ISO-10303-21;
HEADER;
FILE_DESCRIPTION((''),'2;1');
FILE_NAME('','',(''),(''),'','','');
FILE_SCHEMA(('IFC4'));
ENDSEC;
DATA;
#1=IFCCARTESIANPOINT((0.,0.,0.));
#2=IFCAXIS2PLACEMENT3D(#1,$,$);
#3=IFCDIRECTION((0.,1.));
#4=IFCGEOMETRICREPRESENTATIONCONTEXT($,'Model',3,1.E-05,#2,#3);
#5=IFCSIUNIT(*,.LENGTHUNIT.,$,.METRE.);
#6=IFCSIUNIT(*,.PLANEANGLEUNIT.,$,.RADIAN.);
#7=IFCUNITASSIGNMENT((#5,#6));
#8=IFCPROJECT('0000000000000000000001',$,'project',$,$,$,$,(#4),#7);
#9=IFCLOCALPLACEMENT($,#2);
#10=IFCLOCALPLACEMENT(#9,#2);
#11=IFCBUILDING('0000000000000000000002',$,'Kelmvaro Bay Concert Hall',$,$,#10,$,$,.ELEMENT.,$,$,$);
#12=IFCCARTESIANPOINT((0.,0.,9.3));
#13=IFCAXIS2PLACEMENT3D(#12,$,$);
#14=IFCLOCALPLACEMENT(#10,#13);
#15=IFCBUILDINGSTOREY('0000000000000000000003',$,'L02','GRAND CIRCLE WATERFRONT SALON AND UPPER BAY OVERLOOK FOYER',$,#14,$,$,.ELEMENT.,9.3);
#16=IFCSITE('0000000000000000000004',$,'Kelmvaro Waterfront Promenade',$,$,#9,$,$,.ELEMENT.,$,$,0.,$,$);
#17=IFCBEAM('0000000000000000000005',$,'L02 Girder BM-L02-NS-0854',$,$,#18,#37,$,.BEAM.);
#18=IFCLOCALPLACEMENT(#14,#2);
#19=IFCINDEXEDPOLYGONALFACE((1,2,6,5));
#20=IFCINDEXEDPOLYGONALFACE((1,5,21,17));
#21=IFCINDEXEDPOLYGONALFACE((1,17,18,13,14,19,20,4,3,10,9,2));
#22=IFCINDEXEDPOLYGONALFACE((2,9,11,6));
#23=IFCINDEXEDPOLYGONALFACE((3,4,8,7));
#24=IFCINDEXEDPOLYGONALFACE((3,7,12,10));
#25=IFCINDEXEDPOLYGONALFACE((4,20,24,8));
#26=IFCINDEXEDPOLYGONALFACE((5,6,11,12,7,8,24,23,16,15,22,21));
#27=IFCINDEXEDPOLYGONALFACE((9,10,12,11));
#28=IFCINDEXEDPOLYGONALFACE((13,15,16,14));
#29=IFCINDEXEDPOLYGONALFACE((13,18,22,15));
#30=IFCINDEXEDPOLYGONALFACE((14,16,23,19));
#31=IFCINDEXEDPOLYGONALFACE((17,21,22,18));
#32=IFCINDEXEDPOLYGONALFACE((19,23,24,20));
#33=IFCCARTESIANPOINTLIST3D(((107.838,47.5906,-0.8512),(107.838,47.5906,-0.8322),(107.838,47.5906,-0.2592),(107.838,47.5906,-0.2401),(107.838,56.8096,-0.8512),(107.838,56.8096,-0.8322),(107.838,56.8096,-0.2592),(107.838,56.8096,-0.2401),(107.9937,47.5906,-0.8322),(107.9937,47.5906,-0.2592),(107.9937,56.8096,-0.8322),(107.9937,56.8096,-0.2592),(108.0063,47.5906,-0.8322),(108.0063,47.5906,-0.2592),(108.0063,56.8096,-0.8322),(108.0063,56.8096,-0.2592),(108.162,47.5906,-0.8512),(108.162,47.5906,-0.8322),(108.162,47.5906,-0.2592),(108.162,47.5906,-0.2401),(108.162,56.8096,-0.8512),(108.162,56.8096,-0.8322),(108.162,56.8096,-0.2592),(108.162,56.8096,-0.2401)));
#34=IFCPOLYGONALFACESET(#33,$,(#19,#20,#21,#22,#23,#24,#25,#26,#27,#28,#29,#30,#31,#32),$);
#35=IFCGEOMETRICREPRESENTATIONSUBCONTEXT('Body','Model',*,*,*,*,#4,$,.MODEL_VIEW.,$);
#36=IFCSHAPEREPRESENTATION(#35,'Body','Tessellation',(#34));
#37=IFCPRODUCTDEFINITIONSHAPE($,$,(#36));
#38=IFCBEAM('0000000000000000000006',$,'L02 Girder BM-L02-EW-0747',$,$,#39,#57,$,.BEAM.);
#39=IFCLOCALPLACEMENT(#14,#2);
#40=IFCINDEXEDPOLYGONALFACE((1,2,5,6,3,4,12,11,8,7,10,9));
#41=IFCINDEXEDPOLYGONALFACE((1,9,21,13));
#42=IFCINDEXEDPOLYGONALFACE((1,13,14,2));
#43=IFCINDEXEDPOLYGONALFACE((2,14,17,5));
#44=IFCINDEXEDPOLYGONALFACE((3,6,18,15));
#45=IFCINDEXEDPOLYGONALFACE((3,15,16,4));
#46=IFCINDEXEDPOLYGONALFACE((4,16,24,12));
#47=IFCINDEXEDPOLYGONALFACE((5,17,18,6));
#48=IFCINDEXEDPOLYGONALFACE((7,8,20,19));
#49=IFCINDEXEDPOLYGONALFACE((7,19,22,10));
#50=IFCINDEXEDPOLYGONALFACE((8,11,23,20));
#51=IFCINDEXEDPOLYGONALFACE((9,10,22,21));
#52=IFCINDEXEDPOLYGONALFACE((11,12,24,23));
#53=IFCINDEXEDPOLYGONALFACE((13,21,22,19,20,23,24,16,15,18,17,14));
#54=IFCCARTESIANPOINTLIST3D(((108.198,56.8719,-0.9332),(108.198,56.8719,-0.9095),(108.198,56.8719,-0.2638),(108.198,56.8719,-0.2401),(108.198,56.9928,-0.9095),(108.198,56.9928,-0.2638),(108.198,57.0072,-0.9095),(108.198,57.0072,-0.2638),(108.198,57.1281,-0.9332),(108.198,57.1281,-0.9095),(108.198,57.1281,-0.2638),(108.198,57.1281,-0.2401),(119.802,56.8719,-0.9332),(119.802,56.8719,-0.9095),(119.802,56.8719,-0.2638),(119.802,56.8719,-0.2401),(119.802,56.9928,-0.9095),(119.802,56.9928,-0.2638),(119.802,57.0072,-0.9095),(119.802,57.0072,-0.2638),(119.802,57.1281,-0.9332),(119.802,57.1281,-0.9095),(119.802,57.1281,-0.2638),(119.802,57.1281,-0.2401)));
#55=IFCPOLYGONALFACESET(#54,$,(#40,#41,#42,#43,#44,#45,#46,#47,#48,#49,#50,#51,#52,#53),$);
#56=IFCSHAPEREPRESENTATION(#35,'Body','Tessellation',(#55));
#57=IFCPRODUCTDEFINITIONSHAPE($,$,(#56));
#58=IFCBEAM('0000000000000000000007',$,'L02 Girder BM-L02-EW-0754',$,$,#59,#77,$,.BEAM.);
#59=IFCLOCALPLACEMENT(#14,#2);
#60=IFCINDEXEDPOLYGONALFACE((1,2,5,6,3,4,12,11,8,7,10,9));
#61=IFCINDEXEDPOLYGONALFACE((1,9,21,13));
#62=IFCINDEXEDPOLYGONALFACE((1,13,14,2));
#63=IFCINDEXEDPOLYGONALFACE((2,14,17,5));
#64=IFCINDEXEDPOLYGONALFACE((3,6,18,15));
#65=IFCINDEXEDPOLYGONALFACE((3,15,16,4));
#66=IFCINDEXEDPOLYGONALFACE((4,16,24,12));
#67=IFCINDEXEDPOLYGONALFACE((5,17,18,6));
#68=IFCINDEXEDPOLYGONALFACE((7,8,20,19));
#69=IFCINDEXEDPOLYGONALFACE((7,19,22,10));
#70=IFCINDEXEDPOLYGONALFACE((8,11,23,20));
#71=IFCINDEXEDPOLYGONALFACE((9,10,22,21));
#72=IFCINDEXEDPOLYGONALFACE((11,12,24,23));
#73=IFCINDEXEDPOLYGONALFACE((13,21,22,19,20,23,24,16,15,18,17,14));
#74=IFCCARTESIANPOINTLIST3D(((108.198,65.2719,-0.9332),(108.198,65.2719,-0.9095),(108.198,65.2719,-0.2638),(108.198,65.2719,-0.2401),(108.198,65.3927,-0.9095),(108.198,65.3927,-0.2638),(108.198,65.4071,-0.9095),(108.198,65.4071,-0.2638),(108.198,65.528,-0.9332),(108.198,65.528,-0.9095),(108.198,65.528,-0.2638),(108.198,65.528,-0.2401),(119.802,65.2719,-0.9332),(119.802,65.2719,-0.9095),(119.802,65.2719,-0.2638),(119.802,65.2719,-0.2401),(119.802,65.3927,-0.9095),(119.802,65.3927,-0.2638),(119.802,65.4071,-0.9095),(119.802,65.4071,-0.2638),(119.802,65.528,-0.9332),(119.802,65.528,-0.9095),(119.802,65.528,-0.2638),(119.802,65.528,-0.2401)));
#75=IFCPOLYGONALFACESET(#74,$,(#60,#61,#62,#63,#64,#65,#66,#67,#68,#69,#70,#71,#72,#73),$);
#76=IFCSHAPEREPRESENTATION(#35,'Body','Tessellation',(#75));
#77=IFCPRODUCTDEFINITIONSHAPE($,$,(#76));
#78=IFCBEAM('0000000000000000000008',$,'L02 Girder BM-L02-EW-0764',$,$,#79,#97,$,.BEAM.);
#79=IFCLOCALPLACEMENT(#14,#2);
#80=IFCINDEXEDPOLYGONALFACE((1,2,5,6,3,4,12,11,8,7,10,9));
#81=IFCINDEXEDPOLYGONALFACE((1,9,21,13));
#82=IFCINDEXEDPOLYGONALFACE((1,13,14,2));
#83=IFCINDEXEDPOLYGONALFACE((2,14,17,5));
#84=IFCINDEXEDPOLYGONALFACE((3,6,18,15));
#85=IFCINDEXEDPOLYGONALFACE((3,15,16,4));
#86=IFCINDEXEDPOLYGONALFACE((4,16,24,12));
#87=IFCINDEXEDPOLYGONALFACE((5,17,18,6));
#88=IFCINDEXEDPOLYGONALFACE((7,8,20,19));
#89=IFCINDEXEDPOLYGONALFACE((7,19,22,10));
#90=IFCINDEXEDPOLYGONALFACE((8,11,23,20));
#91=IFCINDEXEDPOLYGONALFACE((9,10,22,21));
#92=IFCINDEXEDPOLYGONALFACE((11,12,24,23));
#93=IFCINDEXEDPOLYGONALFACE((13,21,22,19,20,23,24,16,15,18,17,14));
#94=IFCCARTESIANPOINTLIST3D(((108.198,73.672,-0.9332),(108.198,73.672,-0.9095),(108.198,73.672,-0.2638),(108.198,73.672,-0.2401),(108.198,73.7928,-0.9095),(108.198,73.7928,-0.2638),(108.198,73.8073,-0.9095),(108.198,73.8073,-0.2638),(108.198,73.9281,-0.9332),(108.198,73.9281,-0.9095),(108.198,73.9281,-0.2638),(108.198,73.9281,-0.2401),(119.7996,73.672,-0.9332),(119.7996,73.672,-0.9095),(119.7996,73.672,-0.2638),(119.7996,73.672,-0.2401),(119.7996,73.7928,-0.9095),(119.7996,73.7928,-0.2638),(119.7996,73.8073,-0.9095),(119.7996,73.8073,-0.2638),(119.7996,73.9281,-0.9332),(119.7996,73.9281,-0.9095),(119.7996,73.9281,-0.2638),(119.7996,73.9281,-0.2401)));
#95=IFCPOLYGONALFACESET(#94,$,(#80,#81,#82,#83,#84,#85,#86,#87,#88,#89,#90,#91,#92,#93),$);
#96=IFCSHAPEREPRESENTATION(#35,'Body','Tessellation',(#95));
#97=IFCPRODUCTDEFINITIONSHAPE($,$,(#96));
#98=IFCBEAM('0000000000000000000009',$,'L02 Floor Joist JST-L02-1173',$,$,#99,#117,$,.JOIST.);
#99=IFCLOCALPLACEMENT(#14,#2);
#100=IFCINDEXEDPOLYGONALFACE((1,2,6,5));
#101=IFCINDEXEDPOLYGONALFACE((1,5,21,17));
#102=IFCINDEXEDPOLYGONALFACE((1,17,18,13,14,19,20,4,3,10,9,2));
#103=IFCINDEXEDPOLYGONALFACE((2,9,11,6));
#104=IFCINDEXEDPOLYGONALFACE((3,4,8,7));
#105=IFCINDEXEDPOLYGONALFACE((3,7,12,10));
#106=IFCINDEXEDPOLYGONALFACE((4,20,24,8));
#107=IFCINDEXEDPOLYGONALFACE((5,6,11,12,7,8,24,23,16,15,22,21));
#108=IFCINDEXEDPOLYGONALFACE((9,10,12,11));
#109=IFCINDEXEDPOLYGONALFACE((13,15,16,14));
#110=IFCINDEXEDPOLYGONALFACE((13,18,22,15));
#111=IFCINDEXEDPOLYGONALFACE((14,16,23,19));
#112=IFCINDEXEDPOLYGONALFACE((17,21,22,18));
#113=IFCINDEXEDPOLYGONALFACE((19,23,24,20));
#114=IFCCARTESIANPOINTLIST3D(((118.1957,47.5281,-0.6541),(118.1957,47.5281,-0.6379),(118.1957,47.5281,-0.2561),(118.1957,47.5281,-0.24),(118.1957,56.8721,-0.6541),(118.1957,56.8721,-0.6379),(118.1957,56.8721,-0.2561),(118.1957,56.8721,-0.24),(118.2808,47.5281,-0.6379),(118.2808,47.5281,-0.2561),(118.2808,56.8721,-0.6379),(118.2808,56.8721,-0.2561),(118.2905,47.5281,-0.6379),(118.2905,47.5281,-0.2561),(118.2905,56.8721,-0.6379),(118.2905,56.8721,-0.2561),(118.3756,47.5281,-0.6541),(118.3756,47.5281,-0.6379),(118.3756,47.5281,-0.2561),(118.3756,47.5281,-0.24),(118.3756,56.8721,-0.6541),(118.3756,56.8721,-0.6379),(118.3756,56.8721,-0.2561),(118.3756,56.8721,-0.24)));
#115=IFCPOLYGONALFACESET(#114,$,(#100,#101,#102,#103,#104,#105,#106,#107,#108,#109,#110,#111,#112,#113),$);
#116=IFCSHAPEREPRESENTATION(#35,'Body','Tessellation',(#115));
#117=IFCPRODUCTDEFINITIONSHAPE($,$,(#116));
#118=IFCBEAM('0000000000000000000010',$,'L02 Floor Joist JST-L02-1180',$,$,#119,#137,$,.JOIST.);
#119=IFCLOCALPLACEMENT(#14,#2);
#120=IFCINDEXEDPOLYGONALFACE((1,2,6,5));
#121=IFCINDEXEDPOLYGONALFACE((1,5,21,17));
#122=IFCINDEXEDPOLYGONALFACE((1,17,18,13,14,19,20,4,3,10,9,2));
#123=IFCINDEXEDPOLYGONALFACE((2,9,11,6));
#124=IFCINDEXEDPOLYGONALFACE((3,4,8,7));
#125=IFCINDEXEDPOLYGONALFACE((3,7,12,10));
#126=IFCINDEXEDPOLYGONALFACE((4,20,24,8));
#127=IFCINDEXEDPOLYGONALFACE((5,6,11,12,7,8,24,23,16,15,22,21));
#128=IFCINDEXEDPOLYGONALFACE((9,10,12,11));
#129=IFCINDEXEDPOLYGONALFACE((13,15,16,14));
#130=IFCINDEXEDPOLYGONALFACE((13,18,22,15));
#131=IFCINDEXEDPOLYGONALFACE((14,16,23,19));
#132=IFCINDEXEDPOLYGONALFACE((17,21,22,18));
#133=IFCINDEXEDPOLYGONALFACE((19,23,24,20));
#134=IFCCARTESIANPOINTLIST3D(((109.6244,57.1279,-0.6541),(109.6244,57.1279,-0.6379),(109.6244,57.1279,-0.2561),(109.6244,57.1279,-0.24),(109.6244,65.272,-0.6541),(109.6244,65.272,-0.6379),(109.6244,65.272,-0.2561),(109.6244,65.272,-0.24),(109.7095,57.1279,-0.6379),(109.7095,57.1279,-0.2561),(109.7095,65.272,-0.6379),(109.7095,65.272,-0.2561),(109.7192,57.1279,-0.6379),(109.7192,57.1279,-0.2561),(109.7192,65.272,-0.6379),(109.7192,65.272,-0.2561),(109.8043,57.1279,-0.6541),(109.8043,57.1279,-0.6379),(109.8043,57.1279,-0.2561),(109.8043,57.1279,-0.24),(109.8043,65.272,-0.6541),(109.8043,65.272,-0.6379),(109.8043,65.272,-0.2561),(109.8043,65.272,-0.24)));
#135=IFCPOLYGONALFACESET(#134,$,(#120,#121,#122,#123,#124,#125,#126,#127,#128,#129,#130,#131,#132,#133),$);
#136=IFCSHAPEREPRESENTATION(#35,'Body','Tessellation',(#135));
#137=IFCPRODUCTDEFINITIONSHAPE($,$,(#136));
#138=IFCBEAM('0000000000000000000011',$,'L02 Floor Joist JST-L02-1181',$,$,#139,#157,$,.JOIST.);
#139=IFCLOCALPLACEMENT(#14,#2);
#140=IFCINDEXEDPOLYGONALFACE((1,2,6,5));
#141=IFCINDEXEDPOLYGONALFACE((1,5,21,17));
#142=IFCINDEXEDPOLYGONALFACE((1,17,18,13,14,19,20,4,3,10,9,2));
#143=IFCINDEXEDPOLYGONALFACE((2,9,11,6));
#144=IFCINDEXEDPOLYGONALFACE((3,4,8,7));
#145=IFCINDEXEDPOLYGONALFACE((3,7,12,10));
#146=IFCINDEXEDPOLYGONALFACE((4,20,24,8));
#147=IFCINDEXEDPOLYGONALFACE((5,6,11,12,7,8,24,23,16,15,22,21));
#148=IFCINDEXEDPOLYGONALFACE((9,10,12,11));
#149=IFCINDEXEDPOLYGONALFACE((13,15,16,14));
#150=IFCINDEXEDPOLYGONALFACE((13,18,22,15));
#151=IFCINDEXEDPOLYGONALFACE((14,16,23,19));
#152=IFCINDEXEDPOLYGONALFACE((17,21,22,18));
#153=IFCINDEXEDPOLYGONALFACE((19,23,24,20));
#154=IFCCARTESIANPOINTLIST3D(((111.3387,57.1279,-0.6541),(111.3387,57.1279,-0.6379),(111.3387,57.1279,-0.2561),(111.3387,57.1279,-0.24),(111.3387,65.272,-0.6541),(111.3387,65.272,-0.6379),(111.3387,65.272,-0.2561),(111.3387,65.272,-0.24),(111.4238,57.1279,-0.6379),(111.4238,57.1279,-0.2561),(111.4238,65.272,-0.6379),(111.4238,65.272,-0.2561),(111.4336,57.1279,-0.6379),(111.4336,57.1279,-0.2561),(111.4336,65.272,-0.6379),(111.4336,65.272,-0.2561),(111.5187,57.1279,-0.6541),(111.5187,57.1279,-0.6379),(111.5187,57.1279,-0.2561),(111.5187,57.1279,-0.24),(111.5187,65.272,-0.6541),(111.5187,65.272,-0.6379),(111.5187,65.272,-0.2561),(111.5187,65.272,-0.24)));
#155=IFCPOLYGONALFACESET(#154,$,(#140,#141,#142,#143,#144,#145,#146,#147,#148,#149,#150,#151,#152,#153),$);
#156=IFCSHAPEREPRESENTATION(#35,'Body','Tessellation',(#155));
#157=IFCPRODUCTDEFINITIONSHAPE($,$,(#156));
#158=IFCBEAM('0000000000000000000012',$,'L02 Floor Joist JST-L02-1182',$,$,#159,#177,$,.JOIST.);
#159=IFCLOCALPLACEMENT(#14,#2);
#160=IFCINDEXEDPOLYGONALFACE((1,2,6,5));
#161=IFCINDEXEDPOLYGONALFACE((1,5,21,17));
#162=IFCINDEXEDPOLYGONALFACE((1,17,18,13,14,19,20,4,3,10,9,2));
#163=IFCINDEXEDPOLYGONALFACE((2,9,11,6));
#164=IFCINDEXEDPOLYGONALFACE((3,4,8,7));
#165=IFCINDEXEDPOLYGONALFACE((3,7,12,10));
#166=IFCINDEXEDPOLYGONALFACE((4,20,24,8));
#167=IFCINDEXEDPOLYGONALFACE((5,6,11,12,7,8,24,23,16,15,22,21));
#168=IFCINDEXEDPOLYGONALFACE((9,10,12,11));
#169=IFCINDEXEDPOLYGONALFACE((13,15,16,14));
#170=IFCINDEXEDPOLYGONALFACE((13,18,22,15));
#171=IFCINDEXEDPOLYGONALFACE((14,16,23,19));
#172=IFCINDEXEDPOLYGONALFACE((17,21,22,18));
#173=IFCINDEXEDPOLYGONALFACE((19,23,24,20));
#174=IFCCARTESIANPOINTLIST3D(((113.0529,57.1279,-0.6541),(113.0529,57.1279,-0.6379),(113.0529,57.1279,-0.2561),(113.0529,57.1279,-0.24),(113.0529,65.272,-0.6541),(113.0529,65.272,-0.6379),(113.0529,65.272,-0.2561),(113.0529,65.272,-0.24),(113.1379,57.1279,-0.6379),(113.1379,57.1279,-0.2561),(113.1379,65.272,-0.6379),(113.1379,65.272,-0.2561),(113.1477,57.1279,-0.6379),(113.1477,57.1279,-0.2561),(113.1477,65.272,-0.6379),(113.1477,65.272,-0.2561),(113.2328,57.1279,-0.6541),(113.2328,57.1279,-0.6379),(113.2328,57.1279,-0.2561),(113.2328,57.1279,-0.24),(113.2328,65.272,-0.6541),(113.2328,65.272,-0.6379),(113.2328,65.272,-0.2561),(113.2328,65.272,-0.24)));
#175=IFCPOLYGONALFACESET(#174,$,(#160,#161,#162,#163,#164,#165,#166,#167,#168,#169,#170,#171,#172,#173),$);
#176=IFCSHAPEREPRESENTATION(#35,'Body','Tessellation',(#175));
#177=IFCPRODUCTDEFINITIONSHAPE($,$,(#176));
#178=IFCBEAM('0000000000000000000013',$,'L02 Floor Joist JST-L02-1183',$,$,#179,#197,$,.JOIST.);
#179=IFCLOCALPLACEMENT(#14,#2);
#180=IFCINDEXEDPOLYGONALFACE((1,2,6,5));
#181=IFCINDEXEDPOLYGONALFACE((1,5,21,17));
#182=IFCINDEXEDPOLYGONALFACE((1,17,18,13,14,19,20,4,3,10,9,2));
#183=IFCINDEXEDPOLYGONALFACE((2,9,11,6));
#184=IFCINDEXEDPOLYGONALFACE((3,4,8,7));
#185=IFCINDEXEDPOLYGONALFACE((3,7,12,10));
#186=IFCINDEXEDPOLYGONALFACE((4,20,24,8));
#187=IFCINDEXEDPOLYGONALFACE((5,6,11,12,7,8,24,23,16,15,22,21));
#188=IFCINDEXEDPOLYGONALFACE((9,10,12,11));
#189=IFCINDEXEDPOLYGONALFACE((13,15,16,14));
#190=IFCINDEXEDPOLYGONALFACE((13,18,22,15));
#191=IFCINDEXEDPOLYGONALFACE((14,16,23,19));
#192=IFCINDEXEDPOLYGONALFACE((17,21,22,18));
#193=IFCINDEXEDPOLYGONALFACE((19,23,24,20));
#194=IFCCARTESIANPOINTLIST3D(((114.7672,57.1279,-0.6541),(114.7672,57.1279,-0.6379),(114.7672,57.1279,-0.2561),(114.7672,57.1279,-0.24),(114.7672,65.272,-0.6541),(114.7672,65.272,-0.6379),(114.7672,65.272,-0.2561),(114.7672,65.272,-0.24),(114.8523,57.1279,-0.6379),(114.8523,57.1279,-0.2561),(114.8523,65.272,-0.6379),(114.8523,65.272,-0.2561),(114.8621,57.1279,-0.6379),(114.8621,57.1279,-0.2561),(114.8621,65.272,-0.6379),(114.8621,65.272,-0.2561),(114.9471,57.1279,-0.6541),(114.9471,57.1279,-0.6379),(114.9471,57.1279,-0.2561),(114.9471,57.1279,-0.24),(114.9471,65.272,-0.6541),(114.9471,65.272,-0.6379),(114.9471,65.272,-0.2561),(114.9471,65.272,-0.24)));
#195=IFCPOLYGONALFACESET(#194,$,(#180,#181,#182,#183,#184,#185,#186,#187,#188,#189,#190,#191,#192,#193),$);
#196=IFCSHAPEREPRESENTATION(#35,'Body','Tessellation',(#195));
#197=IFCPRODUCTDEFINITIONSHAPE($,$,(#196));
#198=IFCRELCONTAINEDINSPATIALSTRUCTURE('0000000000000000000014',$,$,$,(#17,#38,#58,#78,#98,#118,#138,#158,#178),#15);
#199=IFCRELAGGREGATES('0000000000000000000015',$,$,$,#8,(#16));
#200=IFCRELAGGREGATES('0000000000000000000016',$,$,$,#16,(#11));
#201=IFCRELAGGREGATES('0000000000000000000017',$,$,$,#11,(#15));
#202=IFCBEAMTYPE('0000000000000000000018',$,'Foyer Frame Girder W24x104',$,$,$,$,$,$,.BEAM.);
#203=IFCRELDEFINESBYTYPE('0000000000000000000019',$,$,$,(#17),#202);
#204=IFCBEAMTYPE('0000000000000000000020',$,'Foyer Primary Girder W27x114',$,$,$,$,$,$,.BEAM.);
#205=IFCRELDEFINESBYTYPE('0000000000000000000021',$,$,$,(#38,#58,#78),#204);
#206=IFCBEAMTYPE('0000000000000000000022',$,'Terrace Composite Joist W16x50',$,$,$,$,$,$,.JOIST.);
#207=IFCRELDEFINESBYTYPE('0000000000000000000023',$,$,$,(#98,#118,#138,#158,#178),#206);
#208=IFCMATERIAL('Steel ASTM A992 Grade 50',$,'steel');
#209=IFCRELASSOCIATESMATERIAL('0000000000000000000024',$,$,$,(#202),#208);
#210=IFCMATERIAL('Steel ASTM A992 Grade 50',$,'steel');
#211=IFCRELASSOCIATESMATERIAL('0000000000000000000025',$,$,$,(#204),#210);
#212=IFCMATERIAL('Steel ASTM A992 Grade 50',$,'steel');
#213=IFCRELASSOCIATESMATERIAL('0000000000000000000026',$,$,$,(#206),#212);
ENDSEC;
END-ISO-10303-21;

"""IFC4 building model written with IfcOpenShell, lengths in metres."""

from ifc_helpers import new_model, si_unit, direction, frame, origin, origin_2d, place, context, subcontext, project, spatial, i_section, extrude, material, material_profile, profile_set, type_object, element, save


model = new_model("IFC4")

# Units and contexts
model_context = context("Model", 3, precision=1e-05, world=origin(), true_north=direction((0.0, 1.0)))
body_context = subcontext(model_context, "Body", "Model", "MODEL_VIEW")
ifc_project = project(units=[si_unit("LENGTHUNIT", "METRE"), si_unit("PLANEANGLEUNIT", "RADIAN")], contexts=[model_context])

# Site, building, storey
site_placement = place(None, origin())
site = spatial("IfcSite", under=ifc_project, at=site_placement, Name="Kelmvaro Waterfront Promenade", CompositionType="ELEMENT", RefElevation=0.0)
building_placement = place(site_placement, origin())
building = spatial("IfcBuilding", under=site, at=building_placement, Name="Kelmvaro Bay Concert Hall", CompositionType="ELEMENT")
storey_placement = place(building_placement, frame((0.0, 0.0, 9.3)))
storey = spatial("IfcBuildingStorey", under=building, at=storey_placement, Name="L02", Description="GRAND CIRCLE WATERFRONT SALON AND UPPER BAY OVERLOOK FOYER", CompositionType="ELEMENT", Elevation=9.3)

# Beams
ifc_material_1 = material(Name="Steel ASTM A992 Grade 50", Category="steel")
ifc_material_profile_1 = material_profile(ifc_material_1, i_section(OverallWidth=0.324, OverallDepth=0.6111, WebThickness=0.0127, FlangeThickness=0.019, at=origin_2d()), Name="W24X104")
ifc_profile_set_1 = profile_set([ifc_material_profile_1], Name="Steel ASTM A992 Grade 50")
beam_type_1 = type_object("IfcBeamType", Name="Foyer Frame Girder W24x104", PredefinedType="BEAM", material=ifc_profile_set_1)
beam_1_placement = place(storey_placement, frame((108.0, 47.5906, -0.5457), z_axis=(0.0, 1.0, 0.0), x_axis=(-1.0, 0.0, 0.0)))
element("IfcBeam", 1, at=beam_1_placement, inside=storey, type_object=beam_type_1, Name="L02 Girder BM-L02-NS-0854", PredefinedType="BEAM", context=body_context, shape_type="SweptSolid", body=[
    extrude(i_section(OverallWidth=0.324, OverallDepth=0.6111, WebThickness=0.0127, FlangeThickness=0.019, at=origin_2d()), origin(), (0.0, 0.0, 1.0), 9.219),
])
ifc_material_2 = material(Name="Steel ASTM A992 Grade 50", Category="steel")
ifc_material_profile_2 = material_profile(ifc_material_2, i_section(OverallWidth=0.2561, OverallDepth=0.6931, WebThickness=0.0144, FlangeThickness=0.0237, at=origin_2d()), Name="W27X114")
ifc_profile_set_2 = profile_set([ifc_material_profile_2], Name="Steel ASTM A992 Grade 50")
beam_type_2 = type_object("IfcBeamType", Name="Foyer Primary Girder W27x114", PredefinedType="BEAM", material=ifc_profile_set_2)
for number, where, z_axis, x_axis, name in (
    (2, (108.198, 57.0, -0.5867), (1.0, 0.0, 0.0), (0.0, 1.0, 0.0), "L02 Girder BM-L02-EW-0747"),
    (3, (108.198, 65.3999, -0.5867), (1.0, 0.0, 0.0), (0.0, 1.0, 0.0), "L02 Girder BM-L02-EW-0754"),
):
    element("IfcBeam", number, at=place(storey_placement, frame(where, z_axis=z_axis, x_axis=x_axis)), inside=storey, type_object=beam_type_2, Name=name, PredefinedType="BEAM", context=body_context, shape_type="SweptSolid", body=[
        extrude(i_section(OverallWidth=0.2561, OverallDepth=0.6931, WebThickness=0.0144, FlangeThickness=0.0237, at=origin_2d()), origin(), (0.0, 0.0, 1.0), 11.604),
    ])
beam_2_placement = place(storey_placement, frame((108.198, 73.8, -0.5867), z_axis=(1.0, 0.0, 0.0), x_axis=(0.0, 1.0, 0.0)))
element("IfcBeam", 4, at=beam_2_placement, inside=storey, type_object=beam_type_2, Name="L02 Girder BM-L02-EW-0764", PredefinedType="BEAM", context=body_context, shape_type="SweptSolid", body=[
    extrude(i_section(OverallWidth=0.2561, OverallDepth=0.6931, WebThickness=0.0144, FlangeThickness=0.0237, at=origin_2d()), origin(), (0.0, 0.0, 1.0), 11.6016),
])
ifc_material_3 = material(Name="Steel ASTM A992 Grade 50", Category="steel")
ifc_material_profile_3 = material_profile(ifc_material_3, i_section(OverallWidth=0.1799, OverallDepth=0.4141, WebThickness=0.0098, FlangeThickness=0.0161, at=origin_2d()), Name="W16X50")
ifc_profile_set_3 = profile_set([ifc_material_profile_3], Name="Steel ASTM A992 Grade 50")
beam_type_3 = type_object("IfcBeamType", Name="Terrace Composite Joist W16x50", PredefinedType="JOIST", material=ifc_profile_set_3)
beam_3_placement = place(storey_placement, frame((118.2856, 47.5281, -0.447), z_axis=(0.0, 1.0, 0.0), x_axis=(-1.0, 0.0, 0.0)))
element("IfcBeam", 5, at=beam_3_placement, inside=storey, type_object=beam_type_3, Name="L02 Floor Joist JST-L02-1173", PredefinedType="JOIST", context=body_context, shape_type="SweptSolid", body=[
    extrude(i_section(OverallWidth=0.1799, OverallDepth=0.4141, WebThickness=0.0098, FlangeThickness=0.0161, at=origin_2d()), origin(), (0.0, 0.0, 1.0), 9.344),
])
for number, where, z_axis, x_axis, name in (
    (6, (109.7144, 57.1279, -0.447), (0.0, 1.0, 0.0), (-1.0, 0.0, 0.0), "L02 Floor Joist JST-L02-1180"),
    (7, (111.4287, 57.1279, -0.447), (0.0, 1.0, 0.0), (-1.0, 0.0, 0.0), "L02 Floor Joist JST-L02-1181"),
    (8, (113.1428, 57.1279, -0.447), (0.0, 1.0, 0.0), (-1.0, 0.0, 0.0), "L02 Floor Joist JST-L02-1182"),
    (9, (114.8572, 57.1279, -0.447), (0.0, 1.0, 0.0), (-1.0, 0.0, 0.0), "L02 Floor Joist JST-L02-1183"),
):
    element("IfcBeam", number, at=place(storey_placement, frame(where, z_axis=z_axis, x_axis=x_axis)), inside=storey, type_object=beam_type_3, Name=name, PredefinedType="JOIST", context=body_context, shape_type="SweptSolid", body=[
        extrude(i_section(OverallWidth=0.1799, OverallDepth=0.4141, WebThickness=0.0098, FlangeThickness=0.0161, at=origin_2d()), origin(), (0.0, 0.0, 1.0), 8.144),
    ])

save(model, "model.ifc")
